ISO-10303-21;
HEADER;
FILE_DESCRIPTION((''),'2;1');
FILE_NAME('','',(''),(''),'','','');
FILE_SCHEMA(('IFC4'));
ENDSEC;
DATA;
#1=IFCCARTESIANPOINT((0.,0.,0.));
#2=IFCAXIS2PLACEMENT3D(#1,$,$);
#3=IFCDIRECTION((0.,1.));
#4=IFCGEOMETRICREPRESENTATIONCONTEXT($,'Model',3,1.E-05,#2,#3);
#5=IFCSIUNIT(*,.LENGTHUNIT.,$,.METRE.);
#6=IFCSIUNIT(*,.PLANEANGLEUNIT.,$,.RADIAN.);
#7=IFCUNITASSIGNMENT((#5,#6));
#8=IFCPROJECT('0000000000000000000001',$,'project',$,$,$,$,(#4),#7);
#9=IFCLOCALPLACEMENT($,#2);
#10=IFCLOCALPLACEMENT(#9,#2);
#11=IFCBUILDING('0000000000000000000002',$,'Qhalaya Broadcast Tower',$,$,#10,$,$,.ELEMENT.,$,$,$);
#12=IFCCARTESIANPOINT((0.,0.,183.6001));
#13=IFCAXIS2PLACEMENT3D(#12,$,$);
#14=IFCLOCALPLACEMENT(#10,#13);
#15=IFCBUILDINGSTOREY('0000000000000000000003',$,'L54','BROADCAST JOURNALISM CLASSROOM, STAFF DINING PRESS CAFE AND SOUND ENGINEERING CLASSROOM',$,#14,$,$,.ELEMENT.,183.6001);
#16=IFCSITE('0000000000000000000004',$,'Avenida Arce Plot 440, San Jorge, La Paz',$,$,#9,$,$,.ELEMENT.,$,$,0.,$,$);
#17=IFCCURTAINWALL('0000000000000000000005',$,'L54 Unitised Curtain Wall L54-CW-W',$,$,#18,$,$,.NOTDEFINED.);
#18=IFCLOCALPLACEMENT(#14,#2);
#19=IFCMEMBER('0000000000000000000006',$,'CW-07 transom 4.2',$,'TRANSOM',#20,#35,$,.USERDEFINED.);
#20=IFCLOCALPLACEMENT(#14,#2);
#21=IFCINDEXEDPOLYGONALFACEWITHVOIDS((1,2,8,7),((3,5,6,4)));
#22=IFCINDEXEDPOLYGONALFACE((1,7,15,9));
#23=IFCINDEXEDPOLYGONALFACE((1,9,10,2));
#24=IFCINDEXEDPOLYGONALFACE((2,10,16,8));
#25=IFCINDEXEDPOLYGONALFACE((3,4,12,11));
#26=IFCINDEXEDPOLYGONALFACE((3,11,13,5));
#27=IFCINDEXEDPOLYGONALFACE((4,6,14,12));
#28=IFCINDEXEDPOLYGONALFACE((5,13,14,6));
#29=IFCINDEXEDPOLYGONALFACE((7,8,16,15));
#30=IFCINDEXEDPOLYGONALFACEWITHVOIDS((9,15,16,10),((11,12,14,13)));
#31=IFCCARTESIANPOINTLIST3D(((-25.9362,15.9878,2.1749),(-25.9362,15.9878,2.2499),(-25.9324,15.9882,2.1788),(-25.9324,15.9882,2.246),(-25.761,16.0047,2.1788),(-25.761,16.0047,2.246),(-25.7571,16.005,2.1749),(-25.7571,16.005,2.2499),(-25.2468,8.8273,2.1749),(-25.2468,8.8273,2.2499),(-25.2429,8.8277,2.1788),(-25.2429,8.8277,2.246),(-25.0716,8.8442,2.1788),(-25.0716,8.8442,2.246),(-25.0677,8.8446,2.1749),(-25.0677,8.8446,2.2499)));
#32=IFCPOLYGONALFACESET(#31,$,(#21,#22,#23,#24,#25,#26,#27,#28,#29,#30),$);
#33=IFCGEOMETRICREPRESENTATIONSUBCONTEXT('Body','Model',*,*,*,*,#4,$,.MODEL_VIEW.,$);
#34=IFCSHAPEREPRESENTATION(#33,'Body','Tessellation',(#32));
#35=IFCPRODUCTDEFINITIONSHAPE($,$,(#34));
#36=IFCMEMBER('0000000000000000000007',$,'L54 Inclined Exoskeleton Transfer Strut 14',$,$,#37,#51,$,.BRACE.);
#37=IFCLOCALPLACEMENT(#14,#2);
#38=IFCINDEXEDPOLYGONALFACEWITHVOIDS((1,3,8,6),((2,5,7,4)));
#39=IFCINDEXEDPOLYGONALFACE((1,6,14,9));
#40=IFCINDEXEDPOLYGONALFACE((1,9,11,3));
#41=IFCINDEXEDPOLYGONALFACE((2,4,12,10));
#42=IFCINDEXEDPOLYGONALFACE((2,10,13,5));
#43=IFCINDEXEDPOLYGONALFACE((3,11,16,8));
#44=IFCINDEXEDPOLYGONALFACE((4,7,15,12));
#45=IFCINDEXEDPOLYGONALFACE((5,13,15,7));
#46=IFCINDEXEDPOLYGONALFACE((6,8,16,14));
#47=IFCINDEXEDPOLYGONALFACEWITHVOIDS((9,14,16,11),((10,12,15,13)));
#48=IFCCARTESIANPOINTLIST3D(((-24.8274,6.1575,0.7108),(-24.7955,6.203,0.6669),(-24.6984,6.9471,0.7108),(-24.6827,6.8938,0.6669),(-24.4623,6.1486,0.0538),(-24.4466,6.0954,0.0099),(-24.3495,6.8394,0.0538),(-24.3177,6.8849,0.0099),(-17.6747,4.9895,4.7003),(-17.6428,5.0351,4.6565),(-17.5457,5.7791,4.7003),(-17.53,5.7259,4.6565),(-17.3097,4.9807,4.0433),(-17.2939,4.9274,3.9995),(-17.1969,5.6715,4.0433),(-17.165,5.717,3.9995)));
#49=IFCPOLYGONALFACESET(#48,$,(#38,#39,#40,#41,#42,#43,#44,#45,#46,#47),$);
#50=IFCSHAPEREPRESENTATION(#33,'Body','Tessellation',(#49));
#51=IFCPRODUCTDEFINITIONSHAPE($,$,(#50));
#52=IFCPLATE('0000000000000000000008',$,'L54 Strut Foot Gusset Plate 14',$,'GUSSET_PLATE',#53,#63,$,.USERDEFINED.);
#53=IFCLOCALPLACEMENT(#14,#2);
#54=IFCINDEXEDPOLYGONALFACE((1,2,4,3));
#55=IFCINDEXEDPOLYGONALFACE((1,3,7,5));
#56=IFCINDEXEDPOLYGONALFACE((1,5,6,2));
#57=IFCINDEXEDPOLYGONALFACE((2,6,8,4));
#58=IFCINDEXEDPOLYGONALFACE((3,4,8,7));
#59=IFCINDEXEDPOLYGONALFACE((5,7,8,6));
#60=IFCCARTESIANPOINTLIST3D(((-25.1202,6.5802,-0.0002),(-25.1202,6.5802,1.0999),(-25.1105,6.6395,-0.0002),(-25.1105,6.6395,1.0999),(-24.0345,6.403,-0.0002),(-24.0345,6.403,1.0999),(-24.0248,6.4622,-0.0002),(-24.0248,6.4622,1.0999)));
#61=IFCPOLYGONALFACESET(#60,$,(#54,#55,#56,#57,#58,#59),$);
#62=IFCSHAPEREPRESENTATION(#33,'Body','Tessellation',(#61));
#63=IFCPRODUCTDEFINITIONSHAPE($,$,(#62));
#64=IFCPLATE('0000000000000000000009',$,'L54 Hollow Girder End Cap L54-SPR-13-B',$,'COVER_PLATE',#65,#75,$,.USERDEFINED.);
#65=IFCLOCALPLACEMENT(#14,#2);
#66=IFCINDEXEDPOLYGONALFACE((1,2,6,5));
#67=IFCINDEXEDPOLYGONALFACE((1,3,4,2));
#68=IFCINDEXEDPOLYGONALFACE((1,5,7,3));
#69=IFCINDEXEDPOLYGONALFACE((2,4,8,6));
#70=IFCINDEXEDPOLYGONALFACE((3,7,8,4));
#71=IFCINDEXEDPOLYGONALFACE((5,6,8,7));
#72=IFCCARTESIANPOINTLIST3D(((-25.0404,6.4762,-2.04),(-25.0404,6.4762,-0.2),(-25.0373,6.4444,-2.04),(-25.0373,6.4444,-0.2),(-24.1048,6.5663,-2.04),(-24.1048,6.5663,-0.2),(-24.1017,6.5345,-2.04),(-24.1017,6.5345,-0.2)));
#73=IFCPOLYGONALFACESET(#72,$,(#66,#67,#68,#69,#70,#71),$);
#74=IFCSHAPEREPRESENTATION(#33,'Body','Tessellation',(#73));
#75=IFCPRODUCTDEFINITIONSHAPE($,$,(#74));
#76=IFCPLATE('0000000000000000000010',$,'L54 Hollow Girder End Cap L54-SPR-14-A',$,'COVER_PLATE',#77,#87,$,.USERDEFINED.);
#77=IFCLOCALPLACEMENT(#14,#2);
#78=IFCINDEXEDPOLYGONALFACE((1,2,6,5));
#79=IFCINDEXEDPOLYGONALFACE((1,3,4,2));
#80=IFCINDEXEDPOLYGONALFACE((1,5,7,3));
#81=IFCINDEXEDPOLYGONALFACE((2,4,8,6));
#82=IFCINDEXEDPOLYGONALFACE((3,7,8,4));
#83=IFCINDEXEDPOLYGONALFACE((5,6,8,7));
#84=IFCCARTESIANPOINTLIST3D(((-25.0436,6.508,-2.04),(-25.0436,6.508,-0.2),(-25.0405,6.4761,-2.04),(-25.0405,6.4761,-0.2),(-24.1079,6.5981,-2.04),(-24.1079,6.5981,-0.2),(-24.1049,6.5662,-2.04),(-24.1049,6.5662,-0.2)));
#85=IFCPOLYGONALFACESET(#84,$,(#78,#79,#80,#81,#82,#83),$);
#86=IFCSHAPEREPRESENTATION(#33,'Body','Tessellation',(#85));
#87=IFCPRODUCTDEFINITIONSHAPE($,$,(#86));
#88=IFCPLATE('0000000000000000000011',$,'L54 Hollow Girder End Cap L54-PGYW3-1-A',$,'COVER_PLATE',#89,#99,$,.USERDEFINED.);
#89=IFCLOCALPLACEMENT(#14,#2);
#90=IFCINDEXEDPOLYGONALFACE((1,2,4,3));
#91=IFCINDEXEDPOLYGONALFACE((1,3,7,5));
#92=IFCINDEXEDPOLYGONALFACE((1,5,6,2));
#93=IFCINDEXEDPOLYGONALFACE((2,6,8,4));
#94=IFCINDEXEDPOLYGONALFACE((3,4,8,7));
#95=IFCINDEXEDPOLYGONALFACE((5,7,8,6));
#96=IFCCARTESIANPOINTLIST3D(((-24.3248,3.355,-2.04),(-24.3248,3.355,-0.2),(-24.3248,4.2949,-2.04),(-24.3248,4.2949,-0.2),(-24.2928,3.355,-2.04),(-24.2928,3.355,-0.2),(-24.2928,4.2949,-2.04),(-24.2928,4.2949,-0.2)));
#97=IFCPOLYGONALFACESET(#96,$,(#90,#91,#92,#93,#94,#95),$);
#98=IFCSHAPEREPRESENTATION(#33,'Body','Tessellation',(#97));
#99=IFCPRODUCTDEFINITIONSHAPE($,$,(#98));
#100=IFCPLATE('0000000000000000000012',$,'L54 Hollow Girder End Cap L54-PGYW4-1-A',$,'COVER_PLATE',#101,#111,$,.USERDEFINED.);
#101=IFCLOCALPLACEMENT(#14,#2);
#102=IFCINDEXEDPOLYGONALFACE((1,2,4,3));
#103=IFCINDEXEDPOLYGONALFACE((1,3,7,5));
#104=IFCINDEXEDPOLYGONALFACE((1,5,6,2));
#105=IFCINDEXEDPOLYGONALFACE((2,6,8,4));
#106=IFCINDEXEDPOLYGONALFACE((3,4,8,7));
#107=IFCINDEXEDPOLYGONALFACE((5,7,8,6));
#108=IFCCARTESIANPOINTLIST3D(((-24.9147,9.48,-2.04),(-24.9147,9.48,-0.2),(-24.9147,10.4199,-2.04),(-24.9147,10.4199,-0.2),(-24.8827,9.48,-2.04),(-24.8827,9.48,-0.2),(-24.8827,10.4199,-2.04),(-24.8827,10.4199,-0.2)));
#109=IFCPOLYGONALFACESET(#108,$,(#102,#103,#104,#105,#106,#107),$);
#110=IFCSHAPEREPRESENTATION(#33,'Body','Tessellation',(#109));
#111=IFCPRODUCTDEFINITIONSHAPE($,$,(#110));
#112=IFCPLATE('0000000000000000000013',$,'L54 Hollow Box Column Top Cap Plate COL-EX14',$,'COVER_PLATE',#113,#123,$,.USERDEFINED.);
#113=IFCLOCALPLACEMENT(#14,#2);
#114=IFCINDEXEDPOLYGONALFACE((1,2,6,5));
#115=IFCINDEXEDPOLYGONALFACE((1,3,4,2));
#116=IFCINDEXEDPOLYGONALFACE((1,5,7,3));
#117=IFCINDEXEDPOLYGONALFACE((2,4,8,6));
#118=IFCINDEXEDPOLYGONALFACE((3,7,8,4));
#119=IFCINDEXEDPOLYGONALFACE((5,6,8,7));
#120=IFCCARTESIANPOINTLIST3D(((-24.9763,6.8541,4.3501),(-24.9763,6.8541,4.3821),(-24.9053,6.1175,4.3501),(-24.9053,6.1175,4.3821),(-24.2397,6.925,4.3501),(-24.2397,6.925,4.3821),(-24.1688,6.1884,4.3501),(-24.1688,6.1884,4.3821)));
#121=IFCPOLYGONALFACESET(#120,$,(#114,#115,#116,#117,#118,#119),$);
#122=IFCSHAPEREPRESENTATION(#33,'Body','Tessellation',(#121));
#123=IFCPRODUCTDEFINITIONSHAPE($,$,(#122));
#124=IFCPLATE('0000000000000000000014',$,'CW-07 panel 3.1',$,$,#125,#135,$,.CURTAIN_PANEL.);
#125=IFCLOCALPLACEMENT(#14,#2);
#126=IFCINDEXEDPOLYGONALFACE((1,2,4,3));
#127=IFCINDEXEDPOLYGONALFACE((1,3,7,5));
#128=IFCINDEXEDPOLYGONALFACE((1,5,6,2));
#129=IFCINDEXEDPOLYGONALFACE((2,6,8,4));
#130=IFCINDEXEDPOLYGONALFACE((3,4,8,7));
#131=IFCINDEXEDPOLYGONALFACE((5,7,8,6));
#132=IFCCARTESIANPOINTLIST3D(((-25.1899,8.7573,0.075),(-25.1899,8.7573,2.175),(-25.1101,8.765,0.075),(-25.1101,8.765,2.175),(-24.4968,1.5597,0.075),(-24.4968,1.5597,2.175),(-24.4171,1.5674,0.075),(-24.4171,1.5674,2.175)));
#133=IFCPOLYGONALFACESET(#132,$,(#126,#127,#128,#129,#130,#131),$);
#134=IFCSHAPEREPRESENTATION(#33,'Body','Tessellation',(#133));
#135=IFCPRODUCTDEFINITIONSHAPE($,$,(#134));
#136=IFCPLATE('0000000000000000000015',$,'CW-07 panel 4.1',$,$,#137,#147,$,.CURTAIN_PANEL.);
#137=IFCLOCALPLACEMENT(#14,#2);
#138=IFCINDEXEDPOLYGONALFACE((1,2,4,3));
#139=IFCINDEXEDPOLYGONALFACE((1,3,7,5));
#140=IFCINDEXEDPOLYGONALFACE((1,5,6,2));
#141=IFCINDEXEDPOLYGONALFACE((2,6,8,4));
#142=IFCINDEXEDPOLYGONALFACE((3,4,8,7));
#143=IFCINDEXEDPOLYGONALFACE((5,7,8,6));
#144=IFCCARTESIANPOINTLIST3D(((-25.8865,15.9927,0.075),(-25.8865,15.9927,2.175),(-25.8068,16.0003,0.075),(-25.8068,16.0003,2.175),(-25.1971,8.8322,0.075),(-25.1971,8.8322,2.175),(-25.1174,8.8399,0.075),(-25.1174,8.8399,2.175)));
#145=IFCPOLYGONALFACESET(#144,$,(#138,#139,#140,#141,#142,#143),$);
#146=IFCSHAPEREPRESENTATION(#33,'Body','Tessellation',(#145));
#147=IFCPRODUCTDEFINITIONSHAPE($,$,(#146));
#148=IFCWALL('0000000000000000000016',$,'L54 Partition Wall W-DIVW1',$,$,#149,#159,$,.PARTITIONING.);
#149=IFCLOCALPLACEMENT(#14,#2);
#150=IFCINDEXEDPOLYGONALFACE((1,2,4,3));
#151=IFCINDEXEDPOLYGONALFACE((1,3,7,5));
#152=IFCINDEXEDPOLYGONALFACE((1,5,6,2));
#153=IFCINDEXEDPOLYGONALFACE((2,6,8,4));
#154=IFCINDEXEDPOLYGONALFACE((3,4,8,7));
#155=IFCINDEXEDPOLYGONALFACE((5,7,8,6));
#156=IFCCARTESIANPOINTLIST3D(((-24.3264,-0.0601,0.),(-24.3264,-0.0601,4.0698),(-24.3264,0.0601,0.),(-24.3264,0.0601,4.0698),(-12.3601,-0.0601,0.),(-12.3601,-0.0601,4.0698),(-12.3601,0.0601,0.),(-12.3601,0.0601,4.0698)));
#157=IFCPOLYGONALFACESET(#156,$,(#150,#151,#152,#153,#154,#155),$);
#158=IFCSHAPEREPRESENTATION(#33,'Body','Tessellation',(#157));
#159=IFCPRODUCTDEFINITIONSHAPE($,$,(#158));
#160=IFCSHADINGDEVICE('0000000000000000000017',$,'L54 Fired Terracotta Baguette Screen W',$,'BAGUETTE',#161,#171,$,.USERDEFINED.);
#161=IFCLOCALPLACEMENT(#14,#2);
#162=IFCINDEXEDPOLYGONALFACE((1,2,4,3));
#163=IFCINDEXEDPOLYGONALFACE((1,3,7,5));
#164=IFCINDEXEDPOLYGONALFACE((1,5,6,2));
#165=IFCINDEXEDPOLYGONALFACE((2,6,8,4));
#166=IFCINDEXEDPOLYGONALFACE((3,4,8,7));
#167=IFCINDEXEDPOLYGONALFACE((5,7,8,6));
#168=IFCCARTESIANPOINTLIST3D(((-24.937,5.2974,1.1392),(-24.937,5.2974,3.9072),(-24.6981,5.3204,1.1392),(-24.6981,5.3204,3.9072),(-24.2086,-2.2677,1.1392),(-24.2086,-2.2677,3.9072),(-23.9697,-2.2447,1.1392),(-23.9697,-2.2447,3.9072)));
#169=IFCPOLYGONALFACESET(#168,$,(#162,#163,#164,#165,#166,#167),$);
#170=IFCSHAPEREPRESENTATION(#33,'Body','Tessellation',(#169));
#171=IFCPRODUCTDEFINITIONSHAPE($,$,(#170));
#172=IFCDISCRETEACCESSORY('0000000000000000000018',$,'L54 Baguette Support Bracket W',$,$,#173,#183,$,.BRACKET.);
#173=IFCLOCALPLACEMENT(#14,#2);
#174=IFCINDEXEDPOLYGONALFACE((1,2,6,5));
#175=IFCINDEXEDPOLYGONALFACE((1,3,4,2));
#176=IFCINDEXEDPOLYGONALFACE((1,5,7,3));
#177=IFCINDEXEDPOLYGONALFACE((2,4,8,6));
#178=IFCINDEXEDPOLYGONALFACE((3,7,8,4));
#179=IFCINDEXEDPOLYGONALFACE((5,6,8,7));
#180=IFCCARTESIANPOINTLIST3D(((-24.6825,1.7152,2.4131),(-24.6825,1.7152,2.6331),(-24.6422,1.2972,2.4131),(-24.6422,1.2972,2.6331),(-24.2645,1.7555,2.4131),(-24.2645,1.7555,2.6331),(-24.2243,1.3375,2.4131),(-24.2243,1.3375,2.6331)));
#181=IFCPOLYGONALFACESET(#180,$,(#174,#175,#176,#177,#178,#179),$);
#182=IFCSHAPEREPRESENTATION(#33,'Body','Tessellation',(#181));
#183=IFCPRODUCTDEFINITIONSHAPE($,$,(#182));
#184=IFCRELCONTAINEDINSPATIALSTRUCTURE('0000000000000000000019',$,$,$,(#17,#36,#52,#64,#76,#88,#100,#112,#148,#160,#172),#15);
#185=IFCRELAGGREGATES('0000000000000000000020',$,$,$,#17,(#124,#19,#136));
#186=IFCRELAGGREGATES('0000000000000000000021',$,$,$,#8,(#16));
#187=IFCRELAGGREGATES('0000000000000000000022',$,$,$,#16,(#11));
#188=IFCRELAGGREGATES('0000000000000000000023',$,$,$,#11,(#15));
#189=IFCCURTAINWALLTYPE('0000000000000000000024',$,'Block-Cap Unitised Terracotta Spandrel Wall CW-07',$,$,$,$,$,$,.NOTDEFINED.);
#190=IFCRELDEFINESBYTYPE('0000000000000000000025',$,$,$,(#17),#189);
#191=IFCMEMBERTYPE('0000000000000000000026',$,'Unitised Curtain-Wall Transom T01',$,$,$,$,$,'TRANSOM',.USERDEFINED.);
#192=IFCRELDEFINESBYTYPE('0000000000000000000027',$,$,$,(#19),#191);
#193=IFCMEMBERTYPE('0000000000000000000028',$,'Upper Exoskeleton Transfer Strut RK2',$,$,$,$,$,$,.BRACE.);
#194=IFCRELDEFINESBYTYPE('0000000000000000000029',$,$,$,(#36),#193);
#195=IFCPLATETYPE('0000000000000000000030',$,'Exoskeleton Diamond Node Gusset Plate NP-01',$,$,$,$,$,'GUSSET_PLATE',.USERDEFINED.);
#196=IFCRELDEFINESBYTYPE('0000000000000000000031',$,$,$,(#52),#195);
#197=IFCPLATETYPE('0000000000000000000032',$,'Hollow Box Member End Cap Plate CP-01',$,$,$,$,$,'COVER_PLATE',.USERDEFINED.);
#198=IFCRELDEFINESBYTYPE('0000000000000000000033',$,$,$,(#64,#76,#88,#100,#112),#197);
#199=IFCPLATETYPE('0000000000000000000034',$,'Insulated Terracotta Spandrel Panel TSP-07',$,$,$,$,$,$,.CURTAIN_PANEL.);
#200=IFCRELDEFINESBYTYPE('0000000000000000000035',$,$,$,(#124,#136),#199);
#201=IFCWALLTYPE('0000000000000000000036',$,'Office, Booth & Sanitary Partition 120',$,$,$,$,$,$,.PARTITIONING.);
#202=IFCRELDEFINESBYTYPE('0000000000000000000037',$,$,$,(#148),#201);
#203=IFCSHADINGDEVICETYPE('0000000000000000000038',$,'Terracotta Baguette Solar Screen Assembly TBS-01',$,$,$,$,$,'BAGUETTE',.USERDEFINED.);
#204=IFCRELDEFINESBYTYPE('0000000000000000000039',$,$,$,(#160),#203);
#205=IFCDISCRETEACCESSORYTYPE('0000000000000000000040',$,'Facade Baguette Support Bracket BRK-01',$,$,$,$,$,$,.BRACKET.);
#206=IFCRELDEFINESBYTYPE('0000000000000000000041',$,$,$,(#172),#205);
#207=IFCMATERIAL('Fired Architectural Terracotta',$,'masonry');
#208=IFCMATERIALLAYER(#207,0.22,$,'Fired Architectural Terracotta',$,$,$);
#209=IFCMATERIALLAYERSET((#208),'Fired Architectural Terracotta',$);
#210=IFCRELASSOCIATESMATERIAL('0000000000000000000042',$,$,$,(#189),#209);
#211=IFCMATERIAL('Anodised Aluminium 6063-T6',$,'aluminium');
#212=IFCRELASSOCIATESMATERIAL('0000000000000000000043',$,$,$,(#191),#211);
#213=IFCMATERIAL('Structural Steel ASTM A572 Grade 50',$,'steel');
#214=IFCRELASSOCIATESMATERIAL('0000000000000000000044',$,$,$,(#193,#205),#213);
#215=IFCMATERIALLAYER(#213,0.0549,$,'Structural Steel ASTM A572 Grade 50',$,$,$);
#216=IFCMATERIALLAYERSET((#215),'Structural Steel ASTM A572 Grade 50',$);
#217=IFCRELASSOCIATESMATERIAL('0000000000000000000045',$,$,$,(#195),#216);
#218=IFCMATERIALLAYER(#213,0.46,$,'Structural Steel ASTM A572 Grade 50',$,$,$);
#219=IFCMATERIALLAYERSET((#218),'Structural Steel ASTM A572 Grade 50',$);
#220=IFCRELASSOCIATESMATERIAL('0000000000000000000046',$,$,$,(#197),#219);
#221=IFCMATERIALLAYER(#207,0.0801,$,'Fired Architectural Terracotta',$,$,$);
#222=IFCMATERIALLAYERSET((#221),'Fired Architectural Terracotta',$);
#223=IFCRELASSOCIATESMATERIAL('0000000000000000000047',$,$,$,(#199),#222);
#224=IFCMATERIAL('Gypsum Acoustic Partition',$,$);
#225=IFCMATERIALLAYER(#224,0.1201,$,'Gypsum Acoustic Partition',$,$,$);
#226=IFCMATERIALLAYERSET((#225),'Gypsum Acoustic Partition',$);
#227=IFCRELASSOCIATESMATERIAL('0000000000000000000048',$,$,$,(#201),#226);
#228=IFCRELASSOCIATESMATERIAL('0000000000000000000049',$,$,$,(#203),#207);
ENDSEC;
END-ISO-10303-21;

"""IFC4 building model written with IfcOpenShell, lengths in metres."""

from ifc_helpers import new_model, si_unit, direction, frame, frame_2d, origin, origin_2d, place, context, subcontext, project, spatial, rectangle, hollow_rectangle, extrude, material, layer, layer_set, material_profile, profile_set, type_object, element, aggregate, save


model = new_model("IFC4")

# Units and contexts
model_context = context("Model", 3, precision=1e-05, world=origin(), true_north=direction((0.0, 1.0)))
body_context = subcontext(model_context, "Body", "Model", "MODEL_VIEW")
ifc_project = project(units=[si_unit("LENGTHUNIT", "METRE"), si_unit("PLANEANGLEUNIT", "RADIAN")], contexts=[model_context])

# Site, building, storey
site_placement = place(None, origin())
site = spatial("IfcSite", under=ifc_project, at=site_placement, Name="Avenida Arce Plot 440, San Jorge, La Paz", CompositionType="ELEMENT", RefElevation=0.0)
building_placement = place(site_placement, origin())
building = spatial("IfcBuilding", under=site, at=building_placement, Name="Qhalaya Broadcast Tower", CompositionType="ELEMENT")
storey_placement = place(building_placement, frame((0.0, 0.0, 183.6001)))
storey = spatial("IfcBuildingStorey", under=building, at=storey_placement, Name="L54", Description="BROADCAST JOURNALISM CLASSROOM, STAFF DINING PRESS CAFE AND SOUND ENGINEERING CLASSROOM", CompositionType="ELEMENT", Elevation=183.6001)

# Shared definitions
ifc_material_1 = material(Name="Structural Steel ASTM A572 Grade 50", Category="steel")

# Curtain wall, member
ifc_material_2 = material(Name="Fired Architectural Terracotta", Category="masonry")
ifc_layer_1 = layer(ifc_material_2, 0.22, Name="Fired Architectural Terracotta")
ifc_layer_set_1 = layer_set([ifc_layer_1], Name="Fired Architectural Terracotta")
curtain_wall_type = type_object("IfcCurtainWallType", Name="Block-Cap Unitised Terracotta Spandrel Wall CW-07", PredefinedType="NOTDEFINED", material=ifc_layer_set_1)
curtain_wall_placement = place(storey_placement, origin())
curtain_wall = element("IfcCurtainWall", 1, at=curtain_wall_placement, inside=storey, type_object=curtain_wall_type, Name="L54 Unitised Curtain Wall L54-CW-W", PredefinedType="NOTDEFINED")
ifc_material_3 = material(Name="Anodised Aluminium 6063-T6", Category="aluminium")
ifc_material_profile_1 = material_profile(ifc_material_3, hollow_rectangle(XDim=0.075, YDim=0.1799, WallThickness=0.0039, at=origin_2d()), Name="ALU-TRN 75x180x4")
ifc_profile_set_1 = profile_set([ifc_material_profile_1], Name="Anodised Aluminium 6063-T6")
member_type_1 = type_object("IfcMemberType", Name="Unitised Curtain-Wall Transom T01", ElementType="TRANSOM", PredefinedType="USERDEFINED", material=ifc_profile_set_1)
member_1_placement = place(storey_placement, frame((-25.1572, 8.8359, 2.2124), z_axis=(-0.095844, 0.995396, 0.0), x_axis=(0.0, 0.0, 1.0)))
member_1 = element("IfcMember", 2, at=member_1_placement, type_object=member_type_1, Name="CW-07 transom 4.2", ObjectType="TRANSOM", PredefinedType="USERDEFINED", context=body_context, shape_type="SweptSolid", body=[
    extrude(hollow_rectangle(XDim=0.075, YDim=0.1799, WallThickness=0.0039, at=origin_2d()), origin(), (0.0, 0.0, 1.0), 7.1936),
])

# Member
ifc_material_profile_2 = material_profile(ifc_material_1, hollow_rectangle(XDim=0.8, YDim=0.8, WallThickness=0.05, at=origin_2d()), Name="BOX 800x800x50")
ifc_profile_set_2 = profile_set([ifc_material_profile_2], Name="Structural Steel ASTM A572 Grade 50")
member_type_2 = type_object("IfcMemberType", Name="Upper Exoskeleton Transfer Strut RK2", PredefinedType="BRACE", material=ifc_profile_set_2)
member_2_placement = place(storey_placement, frame((-24.5725, 6.5212, 0.3604), z_axis=(0.864587, -0.141181, 0.482241), x_axis=(0.161159, 0.986929, 0.0)))
element("IfcMember", 3, at=member_2_placement, inside=storey, type_object=member_type_2, Name="L54 Inclined Exoskeleton Transfer Strut 14", PredefinedType="BRACE", context=body_context, shape_type="SweptSolid", body=[
    extrude(hollow_rectangle(XDim=0.8, YDim=0.8, WallThickness=0.05, at=origin_2d()), origin(), (0.0, 0.0, 1.0), 8.2729),
])

# Plates
ifc_layer_2 = layer(ifc_material_1, 0.0549, Name="Structural Steel ASTM A572 Grade 50")
ifc_layer_set_2 = layer_set([ifc_layer_2], Name="Structural Steel ASTM A572 Grade 50")
plate_type_1 = type_object("IfcPlateType", Name="Exoskeleton Diamond Node Gusset Plate NP-01", ElementType="GUSSET_PLATE", PredefinedType="USERDEFINED", material=ifc_layer_set_2)
plate_1_placement = place(storey_placement, frame((-24.5725, 6.5212, -0.0002), z_axis=(0.0, 0.0, 1.0), x_axis=(0.986929, -0.161156, 0.0)))
element("IfcPlate", 4, at=plate_1_placement, inside=storey, type_object=plate_type_1, Name="L54 Strut Foot Gusset Plate 14", ObjectType="GUSSET_PLATE", PredefinedType="USERDEFINED", context=body_context, shape_type="SweptSolid", body=[
    extrude(rectangle(XDim=1.1001, YDim=0.0601, at=origin_2d()), origin(), (0.0, 0.0, 1.0), 1.1001),
])
ifc_layer_3 = layer(ifc_material_1, 0.46, Name="Structural Steel ASTM A572 Grade 50")
ifc_layer_set_3 = layer_set([ifc_layer_3], Name="Structural Steel ASTM A572 Grade 50")
plate_type_2 = type_object("IfcPlateType", Name="Hollow Box Member End Cap Plate CP-01", ElementType="COVER_PLATE", PredefinedType="USERDEFINED", material=ifc_layer_set_3)
for number, where, z_axis, x_axis, name in (
    (5, (-24.571, 6.5054, -2.04), (0.0, 0.0, 1.0), (0.995396, 0.095846, 0.0), "L54 Hollow Girder End Cap L54-SPR-13-B"),
    (6, (-24.5742, 6.5371, -2.04), (0.0, 0.0, 1.0), (0.995396, 0.095846, 0.0), "L54 Hollow Girder End Cap L54-SPR-14-A"),
    (7, (-24.3088, 3.825, -2.04), (0.0, 0.0, 1.0), (0.0, 1.0, 0.0), "L54 Hollow Girder End Cap L54-PGYW3-1-A"),
    (8, (-24.8987, 9.95, -2.04), (0.0, 0.0, 1.0), (0.0, 1.0, 0.0), "L54 Hollow Girder End Cap L54-PGYW4-1-A"),
):
    element("IfcPlate", number, at=place(storey_placement, frame(where, z_axis=z_axis, x_axis=x_axis)), inside=storey, type_object=plate_type_2, Name=name, ObjectType="COVER_PLATE", PredefinedType="USERDEFINED", context=body_context, shape_type="SweptSolid", body=[
        extrude(rectangle(XDim=0.9399, YDim=0.032, at=origin_2d()), origin(), (0.0, 0.0, 1.0), 1.8401),
    ])
plate_2_placement = place(storey_placement, frame((-24.5725, 6.5212, 4.3501), z_axis=(0.0, 0.0, 1.0), x_axis=(-0.095846, 0.995396, 0.0)))
element("IfcPlate", 9, at=plate_2_placement, inside=storey, type_object=plate_type_2, Name="L54 Hollow Box Column Top Cap Plate COL-EX14", ObjectType="COVER_PLATE", PredefinedType="USERDEFINED", context=body_context, shape_type="SweptSolid", body=[
    extrude(rectangle(XDim=0.74, YDim=0.74, at=origin_2d()), origin(), (0.0, 0.0, 1.0), 0.032),
])

# Plates
ifc_layer_4 = layer(ifc_material_2, 0.0801, Name="Fired Architectural Terracotta")
ifc_layer_set_4 = layer_set([ifc_layer_4], Name="Fired Architectural Terracotta")
plate_type_3 = type_object("IfcPlateType", Name="Insulated Terracotta Spandrel Panel TSP-07", PredefinedType="CURTAIN_PANEL", material=ifc_layer_set_4)
plate_3_placement = place(storey_placement, frame((-24.8035, 5.1624, 0.075), z_axis=(0.0, 0.0, 1.0), x_axis=(-0.095846, 0.995396, 0.0)))
plate_3 = element("IfcPlate", 10, at=plate_3_placement, type_object=plate_type_3, Name="CW-07 panel 3.1", PredefinedType="CURTAIN_PANEL", context=body_context, shape_type="SweptSolid", body=[
    extrude(rectangle(XDim=7.231, YDim=0.0801, at=origin_2d()), origin(), (0.0, 0.0, 1.0), 2.1001),
])
plate_4_placement = place(storey_placement, frame((-25.502, 12.4163, 0.075), z_axis=(0.0, 0.0, 1.0), x_axis=(-0.095846, 0.995396, 0.0)))
plate_4 = element("IfcPlate", 11, at=plate_4_placement, type_object=plate_type_3, Name="CW-07 panel 4.1", PredefinedType="CURTAIN_PANEL", context=body_context, shape_type="SweptSolid", body=[
    extrude(rectangle(XDim=7.1936, YDim=0.0801, at=origin_2d()), origin(), (0.0, 0.0, 1.0), 2.1001),
])
aggregate(curtain_wall, [plate_3, member_1, plate_4])

# Wall
ifc_material_4 = material(Name="Gypsum Acoustic Partition")
ifc_layer_5 = layer(ifc_material_4, 0.1201, Name="Gypsum Acoustic Partition")
ifc_layer_set_5 = layer_set([ifc_layer_5], Name="Gypsum Acoustic Partition")
wall_type = type_object("IfcWallType", Name="Office, Booth & Sanitary Partition 120", PredefinedType="PARTITIONING", material=ifc_layer_set_5)
wall_placement = place(storey_placement, frame((-24.3264, 0.0, 0.0), z_axis=(0.0, 0.0, 1.0), x_axis=(1.0, 0.0, 0.0)))
element("IfcWall", 12, at=wall_placement, inside=storey, type_object=wall_type, Name="L54 Partition Wall W-DIVW1", PredefinedType="PARTITIONING", context=body_context, shape_type="SweptSolid", body=[
    extrude(rectangle(XDim=11.9663, YDim=0.1201, at=frame_2d((5.9832, 0.0))), origin(), (0.0, 0.0, 1.0), 4.0698),
])

# Shading device
shading_device_type = type_object("IfcShadingDeviceType", Name="Terracotta Baguette Solar Screen Assembly TBS-01", ElementType="BAGUETTE", PredefinedType="USERDEFINED", material=ifc_material_2)
shading_device_placement = place(storey_placement, frame((-24.4534, 1.5264, 1.1392), z_axis=(0.0, 0.0, 1.0), x_axis=(0.095846, -0.995396, 0.0)))
element("IfcShadingDevice", 13, at=shading_device_placement, inside=storey, type_object=shading_device_type, Name="L54 Fired Terracotta Baguette Screen W", ObjectType="BAGUETTE", PredefinedType="USERDEFINED", context=body_context, shape_type="SweptSolid", body=[
    extrude(rectangle(XDim=7.6001, YDim=0.24, at=origin_2d()), origin(), (0.0, 0.0, 1.0), 2.7681),
])

# Discrete accessory
discrete_accessory_type = type_object("IfcDiscreteAccessoryType", Name="Facade Baguette Support Bracket BRK-01", PredefinedType="BRACKET", material=ifc_material_1)
discrete_accessory_placement = place(storey_placement, frame((-24.4534, 1.5264, 2.4131), z_axis=(0.0, 0.0, 1.0), x_axis=(0.095846, -0.995396, 0.0)))
element("IfcDiscreteAccessory", 14, at=discrete_accessory_placement, inside=storey, type_object=discrete_accessory_type, Name="L54 Baguette Support Bracket W", PredefinedType="BRACKET", context=body_context, shape_type="SweptSolid", body=[
    extrude(rectangle(XDim=0.4199, YDim=0.4199, at=origin_2d()), origin(), (0.0, 0.0, 1.0), 0.22),
])

save(model, "model.ifc")
